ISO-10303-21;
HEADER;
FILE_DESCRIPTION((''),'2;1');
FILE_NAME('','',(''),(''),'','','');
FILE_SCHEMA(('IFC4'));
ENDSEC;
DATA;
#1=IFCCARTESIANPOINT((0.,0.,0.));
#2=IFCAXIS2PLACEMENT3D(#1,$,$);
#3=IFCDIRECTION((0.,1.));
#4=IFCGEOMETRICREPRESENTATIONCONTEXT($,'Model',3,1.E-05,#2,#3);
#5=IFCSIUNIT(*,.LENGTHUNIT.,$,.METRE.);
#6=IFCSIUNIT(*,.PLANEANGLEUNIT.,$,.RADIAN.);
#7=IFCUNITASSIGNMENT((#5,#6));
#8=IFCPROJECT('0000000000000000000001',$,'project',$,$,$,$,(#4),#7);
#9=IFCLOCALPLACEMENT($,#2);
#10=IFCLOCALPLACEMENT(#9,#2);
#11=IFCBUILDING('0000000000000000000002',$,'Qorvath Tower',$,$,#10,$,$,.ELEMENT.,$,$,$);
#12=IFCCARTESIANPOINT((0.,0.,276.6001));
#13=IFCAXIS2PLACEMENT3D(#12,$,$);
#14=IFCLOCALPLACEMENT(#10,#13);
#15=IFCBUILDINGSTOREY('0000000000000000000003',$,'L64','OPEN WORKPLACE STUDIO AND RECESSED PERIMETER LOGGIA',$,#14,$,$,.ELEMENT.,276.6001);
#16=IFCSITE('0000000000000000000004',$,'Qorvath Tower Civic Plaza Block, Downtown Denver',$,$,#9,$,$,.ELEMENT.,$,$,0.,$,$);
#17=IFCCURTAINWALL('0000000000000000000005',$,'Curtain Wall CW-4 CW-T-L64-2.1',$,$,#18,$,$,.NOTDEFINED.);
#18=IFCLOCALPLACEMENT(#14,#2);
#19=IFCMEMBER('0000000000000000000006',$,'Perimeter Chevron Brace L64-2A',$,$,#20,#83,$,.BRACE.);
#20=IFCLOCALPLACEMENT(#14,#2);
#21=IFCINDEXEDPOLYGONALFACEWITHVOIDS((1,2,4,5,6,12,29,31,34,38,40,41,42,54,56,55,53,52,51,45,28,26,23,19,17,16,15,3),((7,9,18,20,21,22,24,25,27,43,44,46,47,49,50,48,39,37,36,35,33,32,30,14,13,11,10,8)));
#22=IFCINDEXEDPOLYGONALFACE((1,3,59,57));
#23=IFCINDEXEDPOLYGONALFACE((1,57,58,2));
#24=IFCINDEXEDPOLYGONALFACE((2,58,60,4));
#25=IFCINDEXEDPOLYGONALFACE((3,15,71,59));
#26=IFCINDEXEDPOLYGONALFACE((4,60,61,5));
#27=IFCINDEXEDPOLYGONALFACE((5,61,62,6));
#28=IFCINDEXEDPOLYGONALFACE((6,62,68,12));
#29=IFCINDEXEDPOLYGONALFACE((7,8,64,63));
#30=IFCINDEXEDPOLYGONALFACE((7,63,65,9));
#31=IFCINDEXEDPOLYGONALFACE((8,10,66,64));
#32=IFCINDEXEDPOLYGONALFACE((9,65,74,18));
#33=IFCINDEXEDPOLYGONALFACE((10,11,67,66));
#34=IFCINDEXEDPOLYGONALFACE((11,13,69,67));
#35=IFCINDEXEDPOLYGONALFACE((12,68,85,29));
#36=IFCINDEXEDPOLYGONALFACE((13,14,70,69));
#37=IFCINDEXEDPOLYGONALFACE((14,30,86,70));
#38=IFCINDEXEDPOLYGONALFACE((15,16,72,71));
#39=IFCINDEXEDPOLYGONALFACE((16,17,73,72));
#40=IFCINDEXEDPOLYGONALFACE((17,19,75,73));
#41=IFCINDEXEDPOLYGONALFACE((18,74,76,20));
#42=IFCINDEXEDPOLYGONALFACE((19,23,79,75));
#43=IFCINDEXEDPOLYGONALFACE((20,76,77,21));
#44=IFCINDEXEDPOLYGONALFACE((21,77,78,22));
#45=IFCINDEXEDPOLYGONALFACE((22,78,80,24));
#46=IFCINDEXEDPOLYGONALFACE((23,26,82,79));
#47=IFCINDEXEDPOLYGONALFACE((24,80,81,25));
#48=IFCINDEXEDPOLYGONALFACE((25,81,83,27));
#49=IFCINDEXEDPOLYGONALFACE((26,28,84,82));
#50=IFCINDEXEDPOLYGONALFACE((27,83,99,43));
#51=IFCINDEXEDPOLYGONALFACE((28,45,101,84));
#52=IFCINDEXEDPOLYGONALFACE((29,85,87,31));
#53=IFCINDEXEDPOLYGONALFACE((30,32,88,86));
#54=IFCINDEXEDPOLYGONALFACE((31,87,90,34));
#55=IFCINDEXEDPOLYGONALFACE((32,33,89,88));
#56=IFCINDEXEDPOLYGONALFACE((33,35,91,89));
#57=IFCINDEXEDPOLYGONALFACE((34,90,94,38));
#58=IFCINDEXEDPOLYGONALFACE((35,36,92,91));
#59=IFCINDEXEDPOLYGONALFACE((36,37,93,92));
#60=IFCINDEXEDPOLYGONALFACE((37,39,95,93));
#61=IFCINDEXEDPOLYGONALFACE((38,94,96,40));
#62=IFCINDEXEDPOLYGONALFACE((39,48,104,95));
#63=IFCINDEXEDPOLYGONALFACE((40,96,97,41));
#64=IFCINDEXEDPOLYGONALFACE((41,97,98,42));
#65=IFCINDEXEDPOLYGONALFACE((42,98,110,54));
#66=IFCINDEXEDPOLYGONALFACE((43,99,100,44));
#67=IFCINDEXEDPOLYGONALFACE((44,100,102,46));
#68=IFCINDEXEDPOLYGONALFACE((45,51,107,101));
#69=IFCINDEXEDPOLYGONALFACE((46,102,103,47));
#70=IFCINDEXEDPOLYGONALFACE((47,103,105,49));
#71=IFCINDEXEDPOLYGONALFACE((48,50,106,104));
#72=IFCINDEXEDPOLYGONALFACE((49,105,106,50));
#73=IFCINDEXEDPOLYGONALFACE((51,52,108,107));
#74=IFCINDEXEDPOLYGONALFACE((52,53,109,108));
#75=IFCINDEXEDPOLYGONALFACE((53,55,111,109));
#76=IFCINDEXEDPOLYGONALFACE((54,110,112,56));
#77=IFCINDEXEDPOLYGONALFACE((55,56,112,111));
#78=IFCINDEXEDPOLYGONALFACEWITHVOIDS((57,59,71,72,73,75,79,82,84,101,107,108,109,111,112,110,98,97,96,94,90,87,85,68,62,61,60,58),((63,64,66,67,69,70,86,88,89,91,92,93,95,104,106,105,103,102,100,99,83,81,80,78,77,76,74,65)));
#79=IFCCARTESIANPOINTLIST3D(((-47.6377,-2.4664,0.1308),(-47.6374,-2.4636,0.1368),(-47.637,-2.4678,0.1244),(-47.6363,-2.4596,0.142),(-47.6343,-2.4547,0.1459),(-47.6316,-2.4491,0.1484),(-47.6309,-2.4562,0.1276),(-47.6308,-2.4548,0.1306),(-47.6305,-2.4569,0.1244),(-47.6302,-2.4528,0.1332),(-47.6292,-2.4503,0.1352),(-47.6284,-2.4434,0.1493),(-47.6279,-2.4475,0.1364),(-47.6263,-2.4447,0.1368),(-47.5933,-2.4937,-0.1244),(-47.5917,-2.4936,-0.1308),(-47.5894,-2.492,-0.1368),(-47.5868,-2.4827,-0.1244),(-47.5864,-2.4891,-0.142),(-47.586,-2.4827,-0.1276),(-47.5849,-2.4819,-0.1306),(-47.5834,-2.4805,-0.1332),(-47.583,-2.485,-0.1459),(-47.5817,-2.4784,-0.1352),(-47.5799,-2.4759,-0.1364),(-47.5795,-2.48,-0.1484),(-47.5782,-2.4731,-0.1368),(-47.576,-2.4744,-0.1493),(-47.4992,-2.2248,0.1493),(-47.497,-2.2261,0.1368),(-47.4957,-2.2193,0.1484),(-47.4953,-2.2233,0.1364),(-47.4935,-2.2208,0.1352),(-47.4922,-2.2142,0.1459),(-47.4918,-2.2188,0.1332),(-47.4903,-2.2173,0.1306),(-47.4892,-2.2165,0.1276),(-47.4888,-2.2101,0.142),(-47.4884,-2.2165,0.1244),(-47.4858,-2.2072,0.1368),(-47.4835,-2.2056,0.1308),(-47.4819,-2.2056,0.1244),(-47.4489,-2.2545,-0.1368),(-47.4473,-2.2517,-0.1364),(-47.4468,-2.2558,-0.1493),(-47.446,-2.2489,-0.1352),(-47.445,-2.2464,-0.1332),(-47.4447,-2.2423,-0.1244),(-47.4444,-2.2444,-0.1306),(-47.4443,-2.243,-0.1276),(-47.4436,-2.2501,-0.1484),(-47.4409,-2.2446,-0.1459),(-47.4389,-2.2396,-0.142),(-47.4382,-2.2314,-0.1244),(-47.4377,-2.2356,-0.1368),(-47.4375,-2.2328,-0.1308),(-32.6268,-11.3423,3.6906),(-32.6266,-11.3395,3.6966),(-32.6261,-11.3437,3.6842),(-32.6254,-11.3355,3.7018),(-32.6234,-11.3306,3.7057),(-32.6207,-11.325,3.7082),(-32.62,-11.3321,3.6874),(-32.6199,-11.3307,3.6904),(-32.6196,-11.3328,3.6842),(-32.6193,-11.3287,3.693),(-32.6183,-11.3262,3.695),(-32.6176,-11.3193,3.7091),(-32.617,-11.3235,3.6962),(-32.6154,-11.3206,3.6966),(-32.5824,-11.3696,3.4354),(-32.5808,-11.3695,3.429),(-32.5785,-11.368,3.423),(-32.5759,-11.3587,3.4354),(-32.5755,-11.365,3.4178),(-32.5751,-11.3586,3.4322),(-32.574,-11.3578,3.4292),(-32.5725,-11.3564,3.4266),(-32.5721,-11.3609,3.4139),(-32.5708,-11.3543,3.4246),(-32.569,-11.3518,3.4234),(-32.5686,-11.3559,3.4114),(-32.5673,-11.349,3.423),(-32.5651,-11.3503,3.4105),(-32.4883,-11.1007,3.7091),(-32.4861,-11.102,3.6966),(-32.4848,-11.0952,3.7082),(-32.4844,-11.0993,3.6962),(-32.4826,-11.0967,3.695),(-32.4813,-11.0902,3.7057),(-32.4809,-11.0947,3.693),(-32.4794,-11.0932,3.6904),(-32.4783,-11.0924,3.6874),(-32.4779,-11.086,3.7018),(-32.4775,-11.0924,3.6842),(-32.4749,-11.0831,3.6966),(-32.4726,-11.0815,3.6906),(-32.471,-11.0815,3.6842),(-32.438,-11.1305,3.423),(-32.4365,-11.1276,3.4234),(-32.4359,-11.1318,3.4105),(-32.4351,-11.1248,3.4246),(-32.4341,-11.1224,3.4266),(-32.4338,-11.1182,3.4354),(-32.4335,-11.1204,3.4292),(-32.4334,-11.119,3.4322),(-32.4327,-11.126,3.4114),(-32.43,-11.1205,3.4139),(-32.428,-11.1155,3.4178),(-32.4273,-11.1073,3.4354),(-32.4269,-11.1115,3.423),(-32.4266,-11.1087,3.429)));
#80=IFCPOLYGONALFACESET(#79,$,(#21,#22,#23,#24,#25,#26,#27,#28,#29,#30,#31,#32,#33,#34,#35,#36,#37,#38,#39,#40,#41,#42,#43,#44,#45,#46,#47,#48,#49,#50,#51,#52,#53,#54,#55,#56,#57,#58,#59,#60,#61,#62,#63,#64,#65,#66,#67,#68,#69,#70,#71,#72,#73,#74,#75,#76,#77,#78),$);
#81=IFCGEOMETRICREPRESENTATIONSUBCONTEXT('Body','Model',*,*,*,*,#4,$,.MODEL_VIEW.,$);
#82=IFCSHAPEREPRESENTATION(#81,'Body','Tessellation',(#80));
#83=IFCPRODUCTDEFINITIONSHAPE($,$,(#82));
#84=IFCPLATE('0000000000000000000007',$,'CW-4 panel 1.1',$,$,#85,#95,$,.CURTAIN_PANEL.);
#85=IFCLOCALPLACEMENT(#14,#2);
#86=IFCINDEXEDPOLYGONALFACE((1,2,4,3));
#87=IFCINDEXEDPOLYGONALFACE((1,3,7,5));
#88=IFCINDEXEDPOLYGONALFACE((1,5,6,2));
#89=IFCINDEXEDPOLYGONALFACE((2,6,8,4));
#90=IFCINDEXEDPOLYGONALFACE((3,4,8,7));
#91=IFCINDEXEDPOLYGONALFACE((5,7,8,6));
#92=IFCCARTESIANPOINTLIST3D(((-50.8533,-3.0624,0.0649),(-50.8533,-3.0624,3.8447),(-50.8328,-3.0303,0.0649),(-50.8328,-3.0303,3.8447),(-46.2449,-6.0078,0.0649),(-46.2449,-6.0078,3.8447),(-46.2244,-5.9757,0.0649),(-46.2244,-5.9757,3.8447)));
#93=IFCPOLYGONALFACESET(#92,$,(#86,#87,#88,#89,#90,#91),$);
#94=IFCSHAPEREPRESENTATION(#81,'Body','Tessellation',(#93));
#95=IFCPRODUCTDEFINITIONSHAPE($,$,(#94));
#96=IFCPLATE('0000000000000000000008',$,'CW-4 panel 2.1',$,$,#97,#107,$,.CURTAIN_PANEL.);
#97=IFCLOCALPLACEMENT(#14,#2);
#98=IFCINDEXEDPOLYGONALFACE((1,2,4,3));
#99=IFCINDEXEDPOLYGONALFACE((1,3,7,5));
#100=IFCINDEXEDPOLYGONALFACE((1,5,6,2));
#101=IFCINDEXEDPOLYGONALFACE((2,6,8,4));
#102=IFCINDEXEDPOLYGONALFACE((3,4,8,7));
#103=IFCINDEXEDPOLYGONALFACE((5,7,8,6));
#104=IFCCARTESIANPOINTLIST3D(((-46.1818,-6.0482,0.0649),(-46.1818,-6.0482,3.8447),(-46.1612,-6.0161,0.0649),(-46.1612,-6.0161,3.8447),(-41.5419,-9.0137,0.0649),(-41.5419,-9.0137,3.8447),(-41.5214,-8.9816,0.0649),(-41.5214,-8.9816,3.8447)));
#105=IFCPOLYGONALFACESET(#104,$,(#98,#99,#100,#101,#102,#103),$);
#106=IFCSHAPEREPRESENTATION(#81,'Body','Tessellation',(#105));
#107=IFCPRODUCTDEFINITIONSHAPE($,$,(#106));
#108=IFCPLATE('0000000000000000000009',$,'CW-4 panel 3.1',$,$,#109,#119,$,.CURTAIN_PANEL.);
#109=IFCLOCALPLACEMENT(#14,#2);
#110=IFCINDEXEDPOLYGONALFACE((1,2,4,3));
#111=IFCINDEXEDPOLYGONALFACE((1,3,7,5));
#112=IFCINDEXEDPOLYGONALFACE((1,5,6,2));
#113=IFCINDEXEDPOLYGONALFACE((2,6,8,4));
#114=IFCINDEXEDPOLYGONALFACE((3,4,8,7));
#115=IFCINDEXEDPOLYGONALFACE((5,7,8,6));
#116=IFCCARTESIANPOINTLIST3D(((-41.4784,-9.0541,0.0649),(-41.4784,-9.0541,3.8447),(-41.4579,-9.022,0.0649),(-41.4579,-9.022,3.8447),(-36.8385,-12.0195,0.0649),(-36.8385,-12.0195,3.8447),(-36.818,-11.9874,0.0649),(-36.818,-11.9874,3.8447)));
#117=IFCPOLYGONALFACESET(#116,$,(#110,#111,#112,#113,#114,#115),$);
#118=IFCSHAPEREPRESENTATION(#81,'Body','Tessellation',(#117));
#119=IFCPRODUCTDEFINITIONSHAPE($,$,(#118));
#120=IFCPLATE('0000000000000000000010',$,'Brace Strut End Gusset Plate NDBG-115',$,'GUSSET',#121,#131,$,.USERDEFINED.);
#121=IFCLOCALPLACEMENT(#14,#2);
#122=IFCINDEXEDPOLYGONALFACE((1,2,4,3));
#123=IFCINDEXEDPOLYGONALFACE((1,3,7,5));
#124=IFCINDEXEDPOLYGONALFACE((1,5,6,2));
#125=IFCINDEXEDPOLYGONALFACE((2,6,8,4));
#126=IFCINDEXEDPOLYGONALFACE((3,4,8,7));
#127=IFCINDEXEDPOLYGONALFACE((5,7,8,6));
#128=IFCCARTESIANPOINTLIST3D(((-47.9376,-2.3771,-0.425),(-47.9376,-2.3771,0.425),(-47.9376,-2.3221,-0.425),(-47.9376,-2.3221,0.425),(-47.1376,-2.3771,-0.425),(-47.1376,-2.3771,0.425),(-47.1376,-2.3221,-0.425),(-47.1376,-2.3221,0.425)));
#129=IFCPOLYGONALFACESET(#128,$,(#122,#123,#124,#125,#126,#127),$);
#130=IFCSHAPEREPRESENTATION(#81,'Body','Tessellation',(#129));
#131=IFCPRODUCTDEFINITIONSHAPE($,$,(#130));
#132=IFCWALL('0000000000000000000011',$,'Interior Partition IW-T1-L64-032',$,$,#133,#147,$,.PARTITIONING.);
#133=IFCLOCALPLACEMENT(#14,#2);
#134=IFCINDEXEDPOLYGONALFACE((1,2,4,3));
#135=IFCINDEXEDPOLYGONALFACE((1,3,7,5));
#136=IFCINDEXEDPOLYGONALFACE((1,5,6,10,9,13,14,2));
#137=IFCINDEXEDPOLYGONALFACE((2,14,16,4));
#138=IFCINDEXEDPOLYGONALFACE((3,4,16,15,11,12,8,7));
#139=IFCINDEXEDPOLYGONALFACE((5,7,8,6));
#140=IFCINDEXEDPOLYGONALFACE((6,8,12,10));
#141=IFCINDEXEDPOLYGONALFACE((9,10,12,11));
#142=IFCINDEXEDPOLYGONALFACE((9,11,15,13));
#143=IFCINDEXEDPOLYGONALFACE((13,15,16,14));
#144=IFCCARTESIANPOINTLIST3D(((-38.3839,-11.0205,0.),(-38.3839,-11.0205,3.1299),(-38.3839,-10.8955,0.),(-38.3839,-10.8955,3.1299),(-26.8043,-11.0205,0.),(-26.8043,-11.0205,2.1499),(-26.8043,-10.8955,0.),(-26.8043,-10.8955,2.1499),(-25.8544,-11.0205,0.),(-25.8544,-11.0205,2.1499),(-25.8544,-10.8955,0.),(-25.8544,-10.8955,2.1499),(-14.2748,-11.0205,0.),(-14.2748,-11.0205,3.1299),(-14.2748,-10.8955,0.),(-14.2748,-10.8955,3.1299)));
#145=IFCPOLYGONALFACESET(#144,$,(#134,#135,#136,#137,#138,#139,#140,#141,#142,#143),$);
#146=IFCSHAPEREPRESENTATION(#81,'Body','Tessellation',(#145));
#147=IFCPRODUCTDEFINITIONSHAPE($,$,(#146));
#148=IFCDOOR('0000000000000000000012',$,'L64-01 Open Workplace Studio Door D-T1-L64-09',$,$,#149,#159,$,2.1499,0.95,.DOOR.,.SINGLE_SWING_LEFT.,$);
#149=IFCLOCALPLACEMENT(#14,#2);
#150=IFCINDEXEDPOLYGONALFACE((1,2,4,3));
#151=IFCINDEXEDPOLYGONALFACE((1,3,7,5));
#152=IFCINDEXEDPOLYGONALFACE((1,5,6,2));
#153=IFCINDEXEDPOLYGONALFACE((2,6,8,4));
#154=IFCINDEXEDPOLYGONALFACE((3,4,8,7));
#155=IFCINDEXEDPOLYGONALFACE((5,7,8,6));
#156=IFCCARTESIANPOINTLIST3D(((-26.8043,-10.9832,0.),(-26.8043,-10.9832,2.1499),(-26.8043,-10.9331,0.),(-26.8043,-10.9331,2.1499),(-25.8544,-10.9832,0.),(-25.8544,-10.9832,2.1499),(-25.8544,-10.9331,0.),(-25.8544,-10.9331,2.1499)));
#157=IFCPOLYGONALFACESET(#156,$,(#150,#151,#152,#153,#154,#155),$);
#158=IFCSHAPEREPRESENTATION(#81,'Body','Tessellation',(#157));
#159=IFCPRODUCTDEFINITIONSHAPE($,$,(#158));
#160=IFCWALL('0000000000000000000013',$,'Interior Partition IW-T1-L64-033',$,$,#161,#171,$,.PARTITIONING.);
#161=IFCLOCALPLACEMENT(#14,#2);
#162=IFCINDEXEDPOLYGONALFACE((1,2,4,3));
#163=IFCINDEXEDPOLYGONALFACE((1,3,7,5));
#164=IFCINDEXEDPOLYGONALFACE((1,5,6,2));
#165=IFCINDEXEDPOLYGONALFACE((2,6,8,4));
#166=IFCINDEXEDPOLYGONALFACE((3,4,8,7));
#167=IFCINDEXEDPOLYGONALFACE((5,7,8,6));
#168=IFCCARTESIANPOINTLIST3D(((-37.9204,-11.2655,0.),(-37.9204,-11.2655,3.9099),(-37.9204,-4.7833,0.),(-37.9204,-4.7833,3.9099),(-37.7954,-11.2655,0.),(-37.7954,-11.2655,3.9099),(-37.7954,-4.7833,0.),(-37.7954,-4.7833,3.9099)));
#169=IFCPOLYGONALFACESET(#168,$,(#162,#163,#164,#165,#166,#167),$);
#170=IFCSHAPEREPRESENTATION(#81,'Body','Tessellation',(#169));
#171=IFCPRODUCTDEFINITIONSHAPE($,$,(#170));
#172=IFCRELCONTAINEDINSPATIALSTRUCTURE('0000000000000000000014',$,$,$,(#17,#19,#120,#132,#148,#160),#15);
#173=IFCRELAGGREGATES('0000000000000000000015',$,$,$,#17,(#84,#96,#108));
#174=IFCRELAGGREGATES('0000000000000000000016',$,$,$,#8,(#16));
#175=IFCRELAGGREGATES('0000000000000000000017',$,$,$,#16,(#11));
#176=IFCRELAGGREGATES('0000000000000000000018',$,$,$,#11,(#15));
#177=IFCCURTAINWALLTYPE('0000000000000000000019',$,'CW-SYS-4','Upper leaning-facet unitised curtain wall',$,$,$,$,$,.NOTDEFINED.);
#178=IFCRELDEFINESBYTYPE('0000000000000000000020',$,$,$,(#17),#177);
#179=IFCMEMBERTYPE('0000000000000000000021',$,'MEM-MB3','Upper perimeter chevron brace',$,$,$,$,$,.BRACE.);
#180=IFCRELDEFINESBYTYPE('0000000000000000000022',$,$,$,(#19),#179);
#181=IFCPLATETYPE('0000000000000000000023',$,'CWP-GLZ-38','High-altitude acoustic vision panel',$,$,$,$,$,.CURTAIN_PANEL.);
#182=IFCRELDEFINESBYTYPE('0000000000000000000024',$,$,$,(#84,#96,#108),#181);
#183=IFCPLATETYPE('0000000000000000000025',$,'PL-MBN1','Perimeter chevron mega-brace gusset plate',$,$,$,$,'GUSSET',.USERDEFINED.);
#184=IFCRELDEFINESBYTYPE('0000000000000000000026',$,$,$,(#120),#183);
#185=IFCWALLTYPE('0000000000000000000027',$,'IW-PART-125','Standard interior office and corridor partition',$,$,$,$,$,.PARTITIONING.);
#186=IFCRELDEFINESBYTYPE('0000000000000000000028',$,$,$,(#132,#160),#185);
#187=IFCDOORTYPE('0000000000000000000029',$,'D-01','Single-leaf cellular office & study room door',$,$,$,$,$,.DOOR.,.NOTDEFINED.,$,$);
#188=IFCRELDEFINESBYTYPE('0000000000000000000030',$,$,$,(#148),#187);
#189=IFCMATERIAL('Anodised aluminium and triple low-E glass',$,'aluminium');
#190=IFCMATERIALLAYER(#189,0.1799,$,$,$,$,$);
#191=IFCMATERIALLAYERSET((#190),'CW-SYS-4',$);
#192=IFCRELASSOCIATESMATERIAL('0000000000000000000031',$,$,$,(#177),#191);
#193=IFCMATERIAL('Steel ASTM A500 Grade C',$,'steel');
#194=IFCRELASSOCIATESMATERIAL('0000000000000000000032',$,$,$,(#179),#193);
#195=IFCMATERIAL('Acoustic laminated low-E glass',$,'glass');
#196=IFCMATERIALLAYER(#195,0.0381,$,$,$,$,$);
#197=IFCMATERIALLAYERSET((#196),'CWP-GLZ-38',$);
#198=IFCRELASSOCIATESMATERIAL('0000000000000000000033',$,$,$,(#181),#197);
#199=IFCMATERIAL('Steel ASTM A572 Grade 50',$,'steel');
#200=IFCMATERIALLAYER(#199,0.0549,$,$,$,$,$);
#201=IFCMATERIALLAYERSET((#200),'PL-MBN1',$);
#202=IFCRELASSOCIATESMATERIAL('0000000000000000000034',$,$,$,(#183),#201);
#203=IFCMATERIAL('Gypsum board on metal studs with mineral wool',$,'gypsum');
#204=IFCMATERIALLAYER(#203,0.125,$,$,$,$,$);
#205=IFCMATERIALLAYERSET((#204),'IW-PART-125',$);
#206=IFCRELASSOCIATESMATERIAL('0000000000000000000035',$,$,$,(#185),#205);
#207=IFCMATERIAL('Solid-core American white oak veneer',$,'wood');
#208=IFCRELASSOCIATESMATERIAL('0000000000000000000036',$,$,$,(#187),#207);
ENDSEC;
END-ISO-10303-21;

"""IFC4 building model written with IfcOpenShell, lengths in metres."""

from ifc_helpers import new_model, si_unit, direction, frame, frame_2d, origin, origin_2d, place, context, subcontext, project, spatial, rectangle, hollow_rectangle, extrude, material, layer, layer_set, material_profile, profile_set, type_object, element, fill, aggregate, save


model = new_model("IFC4")

# Units and contexts
model_context = context("Model", 3, precision=1e-05, world=origin(), true_north=direction((0.0, 1.0)))
body_context = subcontext(model_context, "Body", "Model", "MODEL_VIEW")
ifc_project = project(units=[si_unit("LENGTHUNIT", "METRE"), si_unit("PLANEANGLEUNIT", "RADIAN")], contexts=[model_context])

# Site, building, storey
site_placement = place(None, origin())
site = spatial("IfcSite", under=ifc_project, at=site_placement, Name="Qorvath Tower Civic Plaza Block, Downtown Denver", CompositionType="ELEMENT", RefElevation=0.0)
building_placement = place(site_placement, origin())
building = spatial("IfcBuilding", under=site, at=building_placement, Name="Qorvath Tower", CompositionType="ELEMENT")
storey_placement = place(building_placement, frame((0.0, 0.0, 276.6001)))
storey = spatial("IfcBuildingStorey", under=building, at=storey_placement, Name="L64", Description="OPEN WORKPLACE STUDIO AND RECESSED PERIMETER LOGGIA", CompositionType="ELEMENT", Elevation=276.6001)

# Curtain wall
ifc_material_1 = material(Name="Anodised aluminium and triple low-E glass", Category="aluminium")
ifc_layer_1 = layer(ifc_material_1, 0.1799)
ifc_layer_set_1 = layer_set([ifc_layer_1], Name="CW-SYS-4")
curtain_wall_type = type_object("IfcCurtainWallType", Name="CW-SYS-4", Description="Upper leaning-facet unitised curtain wall", PredefinedType="NOTDEFINED", material=ifc_layer_set_1)
curtain_wall_placement = place(storey_placement, origin())
curtain_wall = element("IfcCurtainWall", 1, at=curtain_wall_placement, inside=storey, type_object=curtain_wall_type, Name="Curtain Wall CW-4 CW-T-L64-2.1", PredefinedType="NOTDEFINED")

# Member
ifc_material_2 = material(Name="Steel ASTM A500 Grade C", Category="steel")
ifc_material_profile_1 = material_profile(ifc_material_2, hollow_rectangle(XDim=0.3047, YDim=0.3047, WallThickness=0.0127, InnerFilletRadius=0.0127, OuterFilletRadius=0.0254, at=origin_2d()), Name="HSS 305x305x12.7")
ifc_profile_set_1 = profile_set([ifc_material_profile_1], Name="Steel ASTM A500 Grade C")
member_type_1 = type_object("IfcMemberType", Name="MEM-MB3", Description="Upper perimeter chevron brace", PredefinedType="BRACE", material=ifc_profile_set_1)
member_1_placement = place(storey_placement, frame((-47.5376, -2.3496, 0.0), z_axis=(0.843387, -0.498694, 0.200007), x_axis=(0.508978, 0.86078, 0.0)))
element("IfcMember", 2, at=member_1_placement, inside=storey, type_object=member_type_1, Name="Perimeter Chevron Brace L64-2A", PredefinedType="BRACE", context=body_context, shape_type="SweptSolid", body=[
    extrude(hollow_rectangle(XDim=0.3047, YDim=0.3047, WallThickness=0.0127, InnerFilletRadius=0.0127, OuterFilletRadius=0.0254, at=origin_2d()), origin(), (0.0, 0.0, 1.0), 17.7983),
])

# Plates
ifc_material_3 = material(Name="Acoustic laminated low-E glass", Category="glass")
ifc_layer_2 = layer(ifc_material_3, 0.0381)
ifc_layer_set_2 = layer_set([ifc_layer_2], Name="CWP-GLZ-38")
plate_type_1 = type_object("IfcPlateType", Name="CWP-GLZ-38", Description="High-altitude acoustic vision panel", PredefinedType="CURTAIN_PANEL", material=ifc_layer_set_2)
plate_1_placement = place(storey_placement, frame((-48.5388, -4.519, 0.0649), z_axis=(0.0, 0.0, 1.0), x_axis=(0.842604, -0.538534, 0.0)))
plate_1 = element("IfcPlate", 3, at=plate_1_placement, type_object=plate_type_1, Name="CW-4 panel 1.1", PredefinedType="CURTAIN_PANEL", context=body_context, shape_type="SweptSolid", body=[
    extrude(rectangle(XDim=5.4692, YDim=0.0381, at=origin_2d()), origin(), (0.0, 0.0, 1.0), 3.7798),
])
plate_2_placement = place(storey_placement, frame((-43.8516, -7.5149, 0.0649), z_axis=(0.0, 0.0, 1.0), x_axis=(0.842604, -0.538534, 0.0)))
plate_2 = element("IfcPlate", 4, at=plate_2_placement, type_object=plate_type_1, Name="CW-4 panel 2.1", PredefinedType="CURTAIN_PANEL", context=body_context, shape_type="SweptSolid", body=[
    extrude(rectangle(XDim=5.5066, YDim=0.0381, at=origin_2d()), origin(), (0.0, 0.0, 1.0), 3.7798),
])
plate_3_placement = place(storey_placement, frame((-39.1482, -10.5208, 0.0649), z_axis=(0.0, 0.0, 1.0), x_axis=(0.842604, -0.538534, 0.0)))
plate_3 = element("IfcPlate", 5, at=plate_3_placement, type_object=plate_type_1, Name="CW-4 panel 3.1", PredefinedType="CURTAIN_PANEL", context=body_context, shape_type="SweptSolid", body=[
    extrude(rectangle(XDim=5.5066, YDim=0.0381, at=origin_2d()), origin(), (0.0, 0.0, 1.0), 3.7798),
])
aggregate(curtain_wall, [plate_1, plate_2, plate_3])
ifc_material_4 = material(Name="Steel ASTM A572 Grade 50", Category="steel")
ifc_layer_3 = layer(ifc_material_4, 0.0549)
ifc_layer_set_3 = layer_set([ifc_layer_3], Name="PL-MBN1")
plate_type_2 = type_object("IfcPlateType", Name="PL-MBN1", Description="Perimeter chevron mega-brace gusset plate", ElementType="GUSSET", PredefinedType="USERDEFINED", material=ifc_layer_set_3)
plate_4_placement = place(storey_placement, frame((-47.5376, -2.3496, -0.425), z_axis=(0.0, 0.0, 1.0), x_axis=(1.0, 0.0, 0.0)))
element("IfcPlate", 6, at=plate_4_placement, inside=storey, type_object=plate_type_2, Name="Brace Strut End Gusset Plate NDBG-115", ObjectType="GUSSET", PredefinedType="USERDEFINED", context=body_context, shape_type="SweptSolid", body=[
    extrude(rectangle(XDim=0.8, YDim=0.0549, at=origin_2d()), origin(), (0.0, 0.0, 1.0), 0.8501),
])

# Wall, opening, door
ifc_material_5 = material(Name="Gypsum board on metal studs with mineral wool", Category="gypsum")
ifc_layer_4 = layer(ifc_material_5, 0.125)
ifc_layer_set_4 = layer_set([ifc_layer_4], Name="IW-PART-125")
wall_type_1 = type_object("IfcWallType", Name="IW-PART-125", Description="Standard interior office and corridor partition", PredefinedType="PARTITIONING", material=ifc_layer_set_4)
wall_1_placement = place(storey_placement, frame((-38.384, -10.958, 0.0), z_axis=(0.0, 0.0, 1.0), x_axis=(1.0, 0.0, 0.0)))
wall_1 = element("IfcWall", 7, at=wall_1_placement, inside=storey, type_object=wall_type_1, Name="Interior Partition IW-T1-L64-032", PredefinedType="PARTITIONING", context=body_context, shape_type="SweptSolid", body=[
    extrude(rectangle(XDim=24.1091, YDim=0.125, at=frame_2d((12.0547, 0.0))), origin(), (0.0, 0.0, 1.0), 3.1299),
])
opening_1_placement = place(wall_1_placement, frame((11.5796, 0.0, 0.0)))
opening_1 = element("IfcOpeningElement", 8, at=opening_1_placement, cuts=wall_1, PredefinedType="OPENING", context=body_context, shape_type="SweptSolid", body=[
    extrude(rectangle(XDim=0.95, YDim=2.1499, at=frame_2d((0.4751, 1.075))), frame((0.0, 0.0725, 0.0), z_axis=(0.0, -1.0, 0.0), x_axis=(1.0, 0.0, 0.0)), (0.0, 0.0, 1.0), 0.145),
])
ifc_material_6 = material(Name="Solid-core American white oak veneer", Category="wood")
door_type_1 = type_object("IfcDoorType", Name="D-01", Description="Single-leaf cellular office & study room door", OperationType="NOTDEFINED", PredefinedType="DOOR", material=ifc_material_6)
door_1_placement = place(opening_1_placement, origin())
door_1 = element("IfcDoor", 9, at=door_1_placement, inside=storey, type_object=door_type_1, Name="L64-01 Open Workplace Studio Door D-T1-L64-09", OperationType="SINGLE_SWING_LEFT", OverallHeight=2.1499, OverallWidth=0.95, PredefinedType="DOOR", context=body_context, shape_type="SweptSolid", body=[
    extrude(rectangle(XDim=0.95, YDim=2.1499, at=frame_2d((0.4751, 1.075))), frame((0.0, 0.0249, 0.0), z_axis=(0.0, -1.0, 0.0), x_axis=(1.0, 0.0, 0.0)), (0.0, 0.0, 1.0), 0.05),
])
fill(opening_1, door_1)

# Wall
wall_2_placement = place(storey_placement, frame((-37.8579, -4.7832, 0.0), z_axis=(0.0, 0.0, 1.0), x_axis=(0.0, -1.0, 0.0)))
element("IfcWall", 10, at=wall_2_placement, inside=storey, type_object=wall_type_1, Name="Interior Partition IW-T1-L64-033", PredefinedType="PARTITIONING", context=body_context, shape_type="SweptSolid", body=[
    extrude(rectangle(XDim=6.4822, YDim=0.125, at=frame_2d((3.2412, 0.0))), origin(), (0.0, 0.0, 1.0), 3.9099),
])

save(model, "model.ifc")
